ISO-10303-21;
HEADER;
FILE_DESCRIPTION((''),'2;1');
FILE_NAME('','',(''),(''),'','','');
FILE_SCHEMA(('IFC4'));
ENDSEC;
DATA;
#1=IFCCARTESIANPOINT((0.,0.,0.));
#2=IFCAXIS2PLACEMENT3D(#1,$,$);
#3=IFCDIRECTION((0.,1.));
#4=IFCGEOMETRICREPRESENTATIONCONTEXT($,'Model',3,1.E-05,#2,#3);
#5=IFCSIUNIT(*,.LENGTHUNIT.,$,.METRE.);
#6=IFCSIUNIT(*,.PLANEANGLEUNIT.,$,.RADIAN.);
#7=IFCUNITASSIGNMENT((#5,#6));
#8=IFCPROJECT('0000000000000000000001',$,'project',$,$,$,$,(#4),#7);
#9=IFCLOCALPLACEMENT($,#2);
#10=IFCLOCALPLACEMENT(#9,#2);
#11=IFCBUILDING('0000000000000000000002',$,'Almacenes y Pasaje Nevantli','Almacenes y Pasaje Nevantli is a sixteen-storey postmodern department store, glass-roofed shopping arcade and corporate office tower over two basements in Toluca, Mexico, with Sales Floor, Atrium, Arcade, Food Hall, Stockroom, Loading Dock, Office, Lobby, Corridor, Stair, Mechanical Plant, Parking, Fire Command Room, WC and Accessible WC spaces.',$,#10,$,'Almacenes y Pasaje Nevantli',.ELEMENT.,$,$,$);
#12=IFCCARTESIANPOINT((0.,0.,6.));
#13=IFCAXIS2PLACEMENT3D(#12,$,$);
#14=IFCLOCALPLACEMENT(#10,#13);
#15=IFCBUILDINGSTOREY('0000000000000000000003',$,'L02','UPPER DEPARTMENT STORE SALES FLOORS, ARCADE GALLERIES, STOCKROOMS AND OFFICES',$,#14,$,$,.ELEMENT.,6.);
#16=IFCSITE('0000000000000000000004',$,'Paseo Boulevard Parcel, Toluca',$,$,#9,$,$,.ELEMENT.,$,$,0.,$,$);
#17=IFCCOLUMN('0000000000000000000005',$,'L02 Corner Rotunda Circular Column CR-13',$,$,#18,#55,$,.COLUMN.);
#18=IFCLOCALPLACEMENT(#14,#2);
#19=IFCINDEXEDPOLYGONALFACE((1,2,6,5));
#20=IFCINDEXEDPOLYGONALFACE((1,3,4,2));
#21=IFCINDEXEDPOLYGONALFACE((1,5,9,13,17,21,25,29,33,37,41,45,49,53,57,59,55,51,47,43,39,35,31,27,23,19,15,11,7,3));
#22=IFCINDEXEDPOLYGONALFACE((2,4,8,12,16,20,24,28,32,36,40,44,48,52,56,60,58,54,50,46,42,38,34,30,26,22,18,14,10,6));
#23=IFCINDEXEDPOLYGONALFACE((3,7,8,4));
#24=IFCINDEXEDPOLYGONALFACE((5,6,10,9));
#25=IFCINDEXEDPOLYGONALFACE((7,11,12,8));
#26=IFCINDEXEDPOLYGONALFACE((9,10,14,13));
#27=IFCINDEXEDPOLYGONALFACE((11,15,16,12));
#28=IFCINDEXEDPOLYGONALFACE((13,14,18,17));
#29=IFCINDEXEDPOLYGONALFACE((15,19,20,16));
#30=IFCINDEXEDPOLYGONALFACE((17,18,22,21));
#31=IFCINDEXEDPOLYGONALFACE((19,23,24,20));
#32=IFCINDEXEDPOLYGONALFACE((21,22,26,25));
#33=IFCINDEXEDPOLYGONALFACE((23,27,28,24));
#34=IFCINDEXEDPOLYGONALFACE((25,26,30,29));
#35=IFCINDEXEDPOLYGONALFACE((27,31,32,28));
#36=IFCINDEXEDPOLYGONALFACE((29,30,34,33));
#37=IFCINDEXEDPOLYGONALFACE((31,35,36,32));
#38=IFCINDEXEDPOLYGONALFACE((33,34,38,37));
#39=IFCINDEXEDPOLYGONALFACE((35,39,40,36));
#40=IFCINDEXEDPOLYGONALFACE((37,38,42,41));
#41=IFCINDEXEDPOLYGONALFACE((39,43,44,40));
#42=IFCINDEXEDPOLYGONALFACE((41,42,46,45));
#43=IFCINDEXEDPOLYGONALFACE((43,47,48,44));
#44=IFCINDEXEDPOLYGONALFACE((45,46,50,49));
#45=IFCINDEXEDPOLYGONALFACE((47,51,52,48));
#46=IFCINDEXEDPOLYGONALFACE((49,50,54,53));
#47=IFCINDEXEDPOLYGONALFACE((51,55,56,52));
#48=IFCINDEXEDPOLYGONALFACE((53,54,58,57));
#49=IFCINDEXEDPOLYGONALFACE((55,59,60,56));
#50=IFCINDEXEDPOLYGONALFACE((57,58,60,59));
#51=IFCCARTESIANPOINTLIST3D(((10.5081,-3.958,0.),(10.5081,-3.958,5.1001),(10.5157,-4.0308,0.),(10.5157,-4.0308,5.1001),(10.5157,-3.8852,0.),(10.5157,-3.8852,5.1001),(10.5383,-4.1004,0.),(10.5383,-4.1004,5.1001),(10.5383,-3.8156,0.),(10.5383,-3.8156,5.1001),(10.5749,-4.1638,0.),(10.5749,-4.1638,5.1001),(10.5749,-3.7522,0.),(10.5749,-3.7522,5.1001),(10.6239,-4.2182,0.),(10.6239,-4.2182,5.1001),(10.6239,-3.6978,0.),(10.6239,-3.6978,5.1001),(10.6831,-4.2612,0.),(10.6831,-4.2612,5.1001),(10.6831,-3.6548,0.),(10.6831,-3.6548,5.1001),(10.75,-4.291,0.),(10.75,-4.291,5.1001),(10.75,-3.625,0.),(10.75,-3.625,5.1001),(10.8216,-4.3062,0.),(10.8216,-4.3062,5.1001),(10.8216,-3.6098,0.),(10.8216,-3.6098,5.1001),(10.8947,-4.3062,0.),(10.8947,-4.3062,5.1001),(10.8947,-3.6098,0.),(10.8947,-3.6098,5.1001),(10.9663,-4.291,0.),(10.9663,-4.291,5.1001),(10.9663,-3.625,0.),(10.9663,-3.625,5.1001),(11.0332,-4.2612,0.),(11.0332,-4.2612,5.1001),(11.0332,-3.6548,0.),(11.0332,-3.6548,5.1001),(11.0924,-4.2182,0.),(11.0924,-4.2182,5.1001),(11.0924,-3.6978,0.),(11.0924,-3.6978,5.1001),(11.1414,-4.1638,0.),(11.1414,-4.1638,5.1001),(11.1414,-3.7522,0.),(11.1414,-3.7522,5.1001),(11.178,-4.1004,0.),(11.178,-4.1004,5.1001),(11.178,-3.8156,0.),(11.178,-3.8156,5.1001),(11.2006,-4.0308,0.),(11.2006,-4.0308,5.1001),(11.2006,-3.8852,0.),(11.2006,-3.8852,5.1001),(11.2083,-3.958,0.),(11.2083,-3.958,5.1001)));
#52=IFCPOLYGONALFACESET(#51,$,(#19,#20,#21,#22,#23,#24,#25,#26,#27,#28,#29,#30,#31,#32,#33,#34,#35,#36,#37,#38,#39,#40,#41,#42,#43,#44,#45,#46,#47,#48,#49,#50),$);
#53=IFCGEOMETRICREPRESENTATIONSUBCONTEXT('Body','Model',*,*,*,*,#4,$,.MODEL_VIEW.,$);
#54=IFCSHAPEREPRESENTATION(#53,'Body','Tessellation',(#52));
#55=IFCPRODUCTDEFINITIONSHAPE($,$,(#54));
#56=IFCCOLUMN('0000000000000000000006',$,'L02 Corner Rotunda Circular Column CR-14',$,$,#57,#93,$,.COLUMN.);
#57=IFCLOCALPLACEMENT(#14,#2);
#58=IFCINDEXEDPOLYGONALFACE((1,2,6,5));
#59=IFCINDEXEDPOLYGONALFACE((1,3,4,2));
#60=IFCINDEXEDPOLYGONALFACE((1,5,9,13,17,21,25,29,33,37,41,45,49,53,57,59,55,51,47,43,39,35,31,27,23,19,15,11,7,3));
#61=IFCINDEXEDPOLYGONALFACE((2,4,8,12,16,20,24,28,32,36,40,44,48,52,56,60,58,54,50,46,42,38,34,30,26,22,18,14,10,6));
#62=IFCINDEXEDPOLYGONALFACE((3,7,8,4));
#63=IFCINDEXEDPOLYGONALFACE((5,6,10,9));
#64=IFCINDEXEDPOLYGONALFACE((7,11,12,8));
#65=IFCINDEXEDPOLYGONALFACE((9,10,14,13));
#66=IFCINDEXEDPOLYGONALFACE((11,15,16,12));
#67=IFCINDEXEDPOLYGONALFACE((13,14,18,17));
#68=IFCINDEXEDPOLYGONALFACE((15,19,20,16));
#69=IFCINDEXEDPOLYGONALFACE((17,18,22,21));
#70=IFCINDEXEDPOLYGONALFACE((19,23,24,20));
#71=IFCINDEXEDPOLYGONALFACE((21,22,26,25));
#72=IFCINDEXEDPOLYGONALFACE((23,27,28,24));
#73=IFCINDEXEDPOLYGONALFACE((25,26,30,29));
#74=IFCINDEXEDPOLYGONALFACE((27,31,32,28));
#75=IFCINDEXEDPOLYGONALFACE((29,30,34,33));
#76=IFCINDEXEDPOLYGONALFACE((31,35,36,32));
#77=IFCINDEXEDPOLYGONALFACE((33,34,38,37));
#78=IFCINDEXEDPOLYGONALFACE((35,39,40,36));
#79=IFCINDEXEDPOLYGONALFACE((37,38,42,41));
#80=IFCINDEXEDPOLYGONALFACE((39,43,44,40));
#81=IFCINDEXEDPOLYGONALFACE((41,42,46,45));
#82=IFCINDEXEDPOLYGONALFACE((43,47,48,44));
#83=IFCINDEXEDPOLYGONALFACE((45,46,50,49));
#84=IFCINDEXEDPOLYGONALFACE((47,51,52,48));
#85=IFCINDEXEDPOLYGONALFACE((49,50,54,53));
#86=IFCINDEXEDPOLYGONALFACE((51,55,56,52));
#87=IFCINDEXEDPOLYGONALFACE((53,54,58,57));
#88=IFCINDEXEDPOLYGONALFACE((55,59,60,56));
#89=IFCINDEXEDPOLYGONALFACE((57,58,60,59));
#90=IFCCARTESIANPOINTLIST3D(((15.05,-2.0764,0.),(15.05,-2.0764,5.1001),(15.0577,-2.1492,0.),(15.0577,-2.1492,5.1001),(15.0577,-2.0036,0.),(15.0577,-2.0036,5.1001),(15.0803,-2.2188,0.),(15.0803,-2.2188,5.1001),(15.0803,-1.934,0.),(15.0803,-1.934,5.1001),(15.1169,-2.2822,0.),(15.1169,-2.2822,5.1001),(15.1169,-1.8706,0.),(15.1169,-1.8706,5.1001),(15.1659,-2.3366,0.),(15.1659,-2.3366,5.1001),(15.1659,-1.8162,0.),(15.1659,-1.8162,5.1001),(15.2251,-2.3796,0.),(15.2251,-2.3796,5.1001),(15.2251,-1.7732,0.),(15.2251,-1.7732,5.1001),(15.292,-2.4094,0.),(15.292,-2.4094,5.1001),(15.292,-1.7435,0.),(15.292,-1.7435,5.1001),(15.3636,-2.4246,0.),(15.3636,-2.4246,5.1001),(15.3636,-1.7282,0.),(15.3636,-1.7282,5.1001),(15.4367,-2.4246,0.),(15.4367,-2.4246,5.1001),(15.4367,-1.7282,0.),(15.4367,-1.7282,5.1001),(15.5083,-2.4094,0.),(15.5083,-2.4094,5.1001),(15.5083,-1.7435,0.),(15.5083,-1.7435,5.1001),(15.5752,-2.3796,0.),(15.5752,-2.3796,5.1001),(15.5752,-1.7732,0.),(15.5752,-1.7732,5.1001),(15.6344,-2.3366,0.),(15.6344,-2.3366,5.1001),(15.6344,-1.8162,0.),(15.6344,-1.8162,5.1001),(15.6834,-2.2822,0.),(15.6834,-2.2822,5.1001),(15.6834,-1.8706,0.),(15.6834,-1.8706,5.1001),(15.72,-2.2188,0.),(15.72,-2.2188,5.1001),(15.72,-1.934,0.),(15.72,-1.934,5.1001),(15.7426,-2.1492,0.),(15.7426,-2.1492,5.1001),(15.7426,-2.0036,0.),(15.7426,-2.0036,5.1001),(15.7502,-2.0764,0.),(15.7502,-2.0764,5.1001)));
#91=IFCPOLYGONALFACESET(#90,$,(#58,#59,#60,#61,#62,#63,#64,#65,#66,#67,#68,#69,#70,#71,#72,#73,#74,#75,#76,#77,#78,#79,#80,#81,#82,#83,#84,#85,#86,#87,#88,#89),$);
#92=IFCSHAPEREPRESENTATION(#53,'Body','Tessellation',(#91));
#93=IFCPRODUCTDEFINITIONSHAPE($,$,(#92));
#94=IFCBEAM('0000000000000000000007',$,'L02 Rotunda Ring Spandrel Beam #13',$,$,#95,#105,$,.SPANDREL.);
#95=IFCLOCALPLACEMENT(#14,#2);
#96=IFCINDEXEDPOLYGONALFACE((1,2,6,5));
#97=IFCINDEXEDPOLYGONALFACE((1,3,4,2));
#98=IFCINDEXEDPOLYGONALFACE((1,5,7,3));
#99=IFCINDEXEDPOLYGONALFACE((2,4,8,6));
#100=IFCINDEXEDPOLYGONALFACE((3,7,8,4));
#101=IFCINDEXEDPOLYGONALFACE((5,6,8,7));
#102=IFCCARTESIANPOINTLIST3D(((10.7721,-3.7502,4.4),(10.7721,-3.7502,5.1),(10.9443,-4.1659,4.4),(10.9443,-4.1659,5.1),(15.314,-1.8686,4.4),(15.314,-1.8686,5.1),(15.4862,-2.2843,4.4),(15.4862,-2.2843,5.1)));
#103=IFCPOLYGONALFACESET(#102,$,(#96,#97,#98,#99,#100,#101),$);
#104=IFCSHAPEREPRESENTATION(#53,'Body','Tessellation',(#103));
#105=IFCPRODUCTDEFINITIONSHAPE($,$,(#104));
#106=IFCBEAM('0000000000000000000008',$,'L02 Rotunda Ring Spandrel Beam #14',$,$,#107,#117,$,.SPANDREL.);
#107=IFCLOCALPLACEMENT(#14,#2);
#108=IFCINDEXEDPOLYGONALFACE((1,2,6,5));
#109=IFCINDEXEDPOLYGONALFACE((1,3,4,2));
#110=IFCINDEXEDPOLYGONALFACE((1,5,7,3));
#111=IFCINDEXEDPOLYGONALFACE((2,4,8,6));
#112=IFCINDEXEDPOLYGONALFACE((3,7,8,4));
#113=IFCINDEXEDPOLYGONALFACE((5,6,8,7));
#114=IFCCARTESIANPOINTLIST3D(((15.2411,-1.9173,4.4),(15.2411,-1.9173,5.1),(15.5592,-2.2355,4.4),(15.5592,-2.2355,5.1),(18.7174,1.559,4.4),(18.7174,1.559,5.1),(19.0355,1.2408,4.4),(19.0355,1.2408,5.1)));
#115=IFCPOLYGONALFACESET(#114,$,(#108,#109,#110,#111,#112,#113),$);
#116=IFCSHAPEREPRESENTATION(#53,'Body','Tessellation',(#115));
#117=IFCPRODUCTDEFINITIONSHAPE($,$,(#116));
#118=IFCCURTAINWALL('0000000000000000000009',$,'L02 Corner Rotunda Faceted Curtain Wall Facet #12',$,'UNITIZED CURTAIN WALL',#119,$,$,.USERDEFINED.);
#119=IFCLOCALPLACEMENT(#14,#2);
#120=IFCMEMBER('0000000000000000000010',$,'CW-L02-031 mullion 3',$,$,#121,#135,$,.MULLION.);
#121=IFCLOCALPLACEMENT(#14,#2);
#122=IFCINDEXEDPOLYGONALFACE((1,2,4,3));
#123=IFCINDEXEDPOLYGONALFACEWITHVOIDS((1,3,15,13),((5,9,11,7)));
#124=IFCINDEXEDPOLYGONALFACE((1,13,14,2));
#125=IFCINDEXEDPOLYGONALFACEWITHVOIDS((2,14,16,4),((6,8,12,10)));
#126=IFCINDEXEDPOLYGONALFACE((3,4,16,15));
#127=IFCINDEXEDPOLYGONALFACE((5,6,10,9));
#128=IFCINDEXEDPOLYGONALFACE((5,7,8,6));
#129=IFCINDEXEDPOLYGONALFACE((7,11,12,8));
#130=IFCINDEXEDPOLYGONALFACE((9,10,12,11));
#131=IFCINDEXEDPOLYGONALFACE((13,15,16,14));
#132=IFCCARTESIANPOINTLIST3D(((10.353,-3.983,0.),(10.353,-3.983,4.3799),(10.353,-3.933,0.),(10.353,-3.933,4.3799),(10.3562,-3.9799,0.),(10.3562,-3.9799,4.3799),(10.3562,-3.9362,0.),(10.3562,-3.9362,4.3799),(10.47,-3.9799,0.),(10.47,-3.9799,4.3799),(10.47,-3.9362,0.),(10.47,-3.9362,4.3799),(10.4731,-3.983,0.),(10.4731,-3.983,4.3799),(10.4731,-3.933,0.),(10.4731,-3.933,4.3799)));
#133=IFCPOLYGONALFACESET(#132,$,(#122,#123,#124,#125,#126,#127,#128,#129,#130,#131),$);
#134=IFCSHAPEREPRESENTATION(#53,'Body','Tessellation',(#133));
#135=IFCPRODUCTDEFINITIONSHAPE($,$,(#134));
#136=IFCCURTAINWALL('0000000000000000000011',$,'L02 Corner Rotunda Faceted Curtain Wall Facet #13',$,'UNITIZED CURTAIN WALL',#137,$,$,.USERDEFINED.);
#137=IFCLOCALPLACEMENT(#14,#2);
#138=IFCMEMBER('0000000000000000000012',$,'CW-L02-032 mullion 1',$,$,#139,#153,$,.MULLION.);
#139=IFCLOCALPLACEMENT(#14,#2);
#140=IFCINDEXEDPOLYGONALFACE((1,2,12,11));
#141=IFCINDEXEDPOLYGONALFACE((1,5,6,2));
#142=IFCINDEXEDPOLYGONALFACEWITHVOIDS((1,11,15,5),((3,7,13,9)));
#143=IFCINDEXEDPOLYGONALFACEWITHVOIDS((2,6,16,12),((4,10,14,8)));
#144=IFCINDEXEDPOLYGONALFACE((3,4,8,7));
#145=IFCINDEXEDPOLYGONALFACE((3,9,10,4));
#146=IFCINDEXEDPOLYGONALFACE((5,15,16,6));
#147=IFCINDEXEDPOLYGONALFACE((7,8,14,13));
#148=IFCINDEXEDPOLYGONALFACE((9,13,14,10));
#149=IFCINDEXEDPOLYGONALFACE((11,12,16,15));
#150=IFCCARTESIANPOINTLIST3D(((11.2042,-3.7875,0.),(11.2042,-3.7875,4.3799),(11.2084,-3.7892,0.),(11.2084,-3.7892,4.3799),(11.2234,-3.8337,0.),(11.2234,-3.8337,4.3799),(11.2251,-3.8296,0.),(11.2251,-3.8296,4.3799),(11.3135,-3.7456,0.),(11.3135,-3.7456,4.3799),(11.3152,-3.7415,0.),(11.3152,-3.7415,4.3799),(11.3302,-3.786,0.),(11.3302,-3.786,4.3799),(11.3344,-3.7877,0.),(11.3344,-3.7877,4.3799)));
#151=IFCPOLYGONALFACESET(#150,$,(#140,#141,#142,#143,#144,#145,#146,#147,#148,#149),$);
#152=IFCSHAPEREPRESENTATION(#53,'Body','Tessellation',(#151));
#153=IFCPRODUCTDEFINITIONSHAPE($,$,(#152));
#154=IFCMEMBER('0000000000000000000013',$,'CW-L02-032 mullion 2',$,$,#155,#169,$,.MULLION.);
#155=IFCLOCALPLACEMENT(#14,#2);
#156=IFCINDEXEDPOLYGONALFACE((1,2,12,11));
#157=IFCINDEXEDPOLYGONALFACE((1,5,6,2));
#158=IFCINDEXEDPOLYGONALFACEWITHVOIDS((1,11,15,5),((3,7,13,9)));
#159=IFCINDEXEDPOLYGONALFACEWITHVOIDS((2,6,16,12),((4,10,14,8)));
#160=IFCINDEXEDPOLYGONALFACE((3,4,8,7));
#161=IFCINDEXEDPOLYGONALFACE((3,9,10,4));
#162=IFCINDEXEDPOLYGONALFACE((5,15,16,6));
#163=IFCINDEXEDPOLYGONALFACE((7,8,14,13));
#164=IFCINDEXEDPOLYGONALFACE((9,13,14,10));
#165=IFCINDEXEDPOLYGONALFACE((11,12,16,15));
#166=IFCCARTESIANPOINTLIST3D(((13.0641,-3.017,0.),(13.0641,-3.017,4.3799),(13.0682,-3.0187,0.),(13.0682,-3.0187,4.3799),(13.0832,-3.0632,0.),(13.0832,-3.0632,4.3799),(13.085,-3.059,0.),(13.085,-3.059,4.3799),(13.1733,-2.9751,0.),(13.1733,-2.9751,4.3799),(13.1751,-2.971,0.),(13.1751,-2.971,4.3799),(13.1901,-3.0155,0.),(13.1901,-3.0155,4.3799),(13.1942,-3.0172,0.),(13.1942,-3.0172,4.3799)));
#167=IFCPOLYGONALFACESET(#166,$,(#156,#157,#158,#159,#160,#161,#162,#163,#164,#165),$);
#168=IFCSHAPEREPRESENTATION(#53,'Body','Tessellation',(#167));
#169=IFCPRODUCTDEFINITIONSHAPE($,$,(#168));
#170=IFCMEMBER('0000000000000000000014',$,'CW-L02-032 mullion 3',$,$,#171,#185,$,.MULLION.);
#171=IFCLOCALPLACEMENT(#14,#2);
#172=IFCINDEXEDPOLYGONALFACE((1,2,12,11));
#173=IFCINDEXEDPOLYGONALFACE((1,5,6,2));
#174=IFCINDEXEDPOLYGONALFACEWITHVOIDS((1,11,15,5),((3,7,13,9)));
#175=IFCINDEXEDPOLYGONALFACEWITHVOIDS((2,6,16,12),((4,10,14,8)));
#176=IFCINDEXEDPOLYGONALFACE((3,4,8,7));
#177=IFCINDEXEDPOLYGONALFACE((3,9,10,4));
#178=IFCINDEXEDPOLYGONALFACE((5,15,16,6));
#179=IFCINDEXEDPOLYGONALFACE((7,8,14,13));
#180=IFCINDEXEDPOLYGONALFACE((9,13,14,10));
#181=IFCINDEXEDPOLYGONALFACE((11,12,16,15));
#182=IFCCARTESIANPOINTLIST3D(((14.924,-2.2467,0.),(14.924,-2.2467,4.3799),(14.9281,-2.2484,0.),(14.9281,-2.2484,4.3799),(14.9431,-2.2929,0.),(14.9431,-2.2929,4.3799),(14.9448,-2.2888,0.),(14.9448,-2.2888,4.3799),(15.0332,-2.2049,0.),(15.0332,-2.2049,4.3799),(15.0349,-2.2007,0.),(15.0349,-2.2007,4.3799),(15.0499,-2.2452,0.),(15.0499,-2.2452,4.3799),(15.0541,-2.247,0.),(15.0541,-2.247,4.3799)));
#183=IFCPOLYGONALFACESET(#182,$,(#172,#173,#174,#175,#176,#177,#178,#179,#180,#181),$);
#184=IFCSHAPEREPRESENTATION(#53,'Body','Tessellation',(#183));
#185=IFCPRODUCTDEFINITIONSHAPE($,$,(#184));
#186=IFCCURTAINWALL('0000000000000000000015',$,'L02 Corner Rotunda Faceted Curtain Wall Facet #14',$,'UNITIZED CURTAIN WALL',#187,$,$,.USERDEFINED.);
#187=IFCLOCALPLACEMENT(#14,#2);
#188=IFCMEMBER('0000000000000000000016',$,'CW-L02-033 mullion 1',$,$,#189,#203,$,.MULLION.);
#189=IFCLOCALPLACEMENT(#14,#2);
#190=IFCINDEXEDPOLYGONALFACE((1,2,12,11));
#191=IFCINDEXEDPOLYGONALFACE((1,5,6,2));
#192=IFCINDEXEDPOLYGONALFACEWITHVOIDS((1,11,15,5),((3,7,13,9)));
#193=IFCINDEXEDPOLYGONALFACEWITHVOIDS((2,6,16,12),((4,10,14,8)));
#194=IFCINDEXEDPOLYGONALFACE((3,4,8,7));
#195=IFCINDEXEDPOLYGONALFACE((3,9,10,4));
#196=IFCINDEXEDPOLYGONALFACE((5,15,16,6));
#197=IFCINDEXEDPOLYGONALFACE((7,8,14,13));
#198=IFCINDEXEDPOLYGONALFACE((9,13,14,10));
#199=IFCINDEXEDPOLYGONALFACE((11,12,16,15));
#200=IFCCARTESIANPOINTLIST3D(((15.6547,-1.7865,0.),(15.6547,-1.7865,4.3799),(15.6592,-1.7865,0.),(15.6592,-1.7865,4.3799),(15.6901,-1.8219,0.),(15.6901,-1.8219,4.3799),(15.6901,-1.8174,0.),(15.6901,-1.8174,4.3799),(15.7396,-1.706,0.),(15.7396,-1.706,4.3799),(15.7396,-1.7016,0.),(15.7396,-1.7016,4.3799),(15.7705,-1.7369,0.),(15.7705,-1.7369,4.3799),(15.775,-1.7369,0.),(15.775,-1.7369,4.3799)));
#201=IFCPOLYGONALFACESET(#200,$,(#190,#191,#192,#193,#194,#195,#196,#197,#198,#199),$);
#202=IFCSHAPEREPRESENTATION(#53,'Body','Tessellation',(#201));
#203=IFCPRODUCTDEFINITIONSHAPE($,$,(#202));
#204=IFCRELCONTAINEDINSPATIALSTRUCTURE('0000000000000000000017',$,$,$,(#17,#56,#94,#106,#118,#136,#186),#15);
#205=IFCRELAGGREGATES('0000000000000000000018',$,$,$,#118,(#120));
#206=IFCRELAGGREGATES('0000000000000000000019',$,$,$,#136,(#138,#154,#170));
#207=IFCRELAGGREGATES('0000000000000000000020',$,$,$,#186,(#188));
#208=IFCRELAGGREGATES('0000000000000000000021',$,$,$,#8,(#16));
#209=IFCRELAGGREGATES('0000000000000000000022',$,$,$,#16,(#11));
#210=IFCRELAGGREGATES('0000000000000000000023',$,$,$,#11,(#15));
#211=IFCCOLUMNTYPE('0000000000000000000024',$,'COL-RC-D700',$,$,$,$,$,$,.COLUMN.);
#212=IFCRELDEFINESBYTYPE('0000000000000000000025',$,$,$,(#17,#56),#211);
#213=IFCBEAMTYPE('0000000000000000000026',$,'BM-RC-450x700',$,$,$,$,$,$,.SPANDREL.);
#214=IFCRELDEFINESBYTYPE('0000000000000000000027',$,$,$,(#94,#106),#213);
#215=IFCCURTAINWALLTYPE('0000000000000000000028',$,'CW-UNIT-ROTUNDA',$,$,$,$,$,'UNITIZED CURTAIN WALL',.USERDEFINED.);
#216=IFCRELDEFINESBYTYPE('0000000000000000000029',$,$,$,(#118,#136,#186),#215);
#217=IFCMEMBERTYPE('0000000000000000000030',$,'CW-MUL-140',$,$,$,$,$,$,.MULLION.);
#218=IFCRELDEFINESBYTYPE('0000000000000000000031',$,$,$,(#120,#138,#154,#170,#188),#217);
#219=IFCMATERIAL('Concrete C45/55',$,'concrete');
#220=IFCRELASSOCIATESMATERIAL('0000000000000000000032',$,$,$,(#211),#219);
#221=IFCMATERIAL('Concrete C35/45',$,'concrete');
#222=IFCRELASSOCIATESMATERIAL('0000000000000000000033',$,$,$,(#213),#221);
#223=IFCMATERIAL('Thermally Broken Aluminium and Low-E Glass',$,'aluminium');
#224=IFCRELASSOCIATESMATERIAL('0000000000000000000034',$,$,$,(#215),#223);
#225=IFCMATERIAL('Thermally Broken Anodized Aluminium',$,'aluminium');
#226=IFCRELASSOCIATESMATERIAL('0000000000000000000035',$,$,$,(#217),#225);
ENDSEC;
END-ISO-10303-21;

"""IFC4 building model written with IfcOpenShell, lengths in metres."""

from ifc_helpers import new_model, si_unit, direction, frame, origin, origin_2d, place, context, subcontext, project, spatial, rectangle, hollow_rectangle, circle, extrude, material, material_profile, profile_set, type_object, element, aggregate, save


model = new_model("IFC4")

# Units and contexts
model_context = context("Model", 3, precision=1e-05, world=origin(), true_north=direction((0.0, 1.0)))
body_context = subcontext(model_context, "Body", "Model", "MODEL_VIEW")
ifc_project = project(units=[si_unit("LENGTHUNIT", "METRE"), si_unit("PLANEANGLEUNIT", "RADIAN")], contexts=[model_context])

# Site, building, storey
site_placement = place(None, origin())
site = spatial("IfcSite", under=ifc_project, at=site_placement, Name="Paseo Boulevard Parcel, Toluca", CompositionType="ELEMENT", RefElevation=0.0)
building_placement = place(site_placement, origin())
building = spatial("IfcBuilding", under=site, at=building_placement, Name="Almacenes y Pasaje Nevantli", Description="Almacenes y Pasaje Nevantli is a sixteen-storey postmodern department store, glass-roofed shopping arcade and corporate office tower over two basements in Toluca, Mexico, with Sales Floor, Atrium, Arcade, Food Hall, Stockroom, Loading Dock, Office, Lobby, Corridor, Stair, Mechanical Plant, Parking, Fire Command Room, WC and Accessible WC spaces.", LongName="Almacenes y Pasaje Nevantli", CompositionType="ELEMENT")
storey_placement = place(building_placement, frame((0.0, 0.0, 6.0)))
storey = spatial("IfcBuildingStorey", under=building, at=storey_placement, Name="L02", Description="UPPER DEPARTMENT STORE SALES FLOORS, ARCADE GALLERIES, STOCKROOMS AND OFFICES", CompositionType="ELEMENT", Elevation=6.0)

# Columns
ifc_material_1 = material(Name="Concrete C45/55", Category="concrete")
ifc_material_profile_1 = material_profile(ifc_material_1, circle(Radius=0.3501, at=origin_2d()), Name="RC-COL-D700")
ifc_profile_set_1 = profile_set([ifc_material_profile_1], Name="Concrete C45/55")
column_type = type_object("IfcColumnType", Name="COL-RC-D700", PredefinedType="COLUMN", material=ifc_profile_set_1)
for number, where, z_axis, x_axis, name in (
    (1, (10.8582, -3.958, 0.0), (0.0, 0.0, 1.0), (1.0, 0.0, 0.0), "L02 Corner Rotunda Circular Column CR-13"),
    (2, (15.4001, -2.0764, 0.0), (0.0, 0.0, 1.0), (1.0, 0.0, 0.0), "L02 Corner Rotunda Circular Column CR-14"),
):
    element("IfcColumn", number, at=place(storey_placement, frame(where, z_axis=z_axis, x_axis=x_axis)), inside=storey, type_object=column_type, Name=name, PredefinedType="COLUMN", context=body_context, shape_type="SweptSolid", body=[
        extrude(circle(Radius=0.3501, at=origin_2d()), origin(), (0.0, 0.0, 1.0), 5.1001),
    ])

# Beams
ifc_material_2 = material(Name="Concrete C35/45", Category="concrete")
ifc_material_profile_2 = material_profile(ifc_material_2, rectangle(XDim=0.45, YDim=0.7, at=origin_2d()), Name="RC-BM-450x700")
ifc_profile_set_2 = profile_set([ifc_material_profile_2], Name="Concrete C35/45")
beam_type = type_object("IfcBeamType", Name="BM-RC-450x700", PredefinedType="SPANDREL", material=ifc_profile_set_2)
for number, where, z_axis, x_axis, name in (
    (3, (10.8582, -3.958, 4.75), (0.923862, 0.382725, 0.0), (-0.382725, 0.923862, 0.0), "L02 Rotunda Ring Spandrel Beam #13"),
    (4, (15.4001, -2.0764, 4.75), (0.707107, 0.707107, 0.0), (-0.707107, 0.707107, 0.0), "L02 Rotunda Ring Spandrel Beam #14"),
):
    element("IfcBeam", number, at=place(storey_placement, frame(where, z_axis=z_axis, x_axis=x_axis)), inside=storey, type_object=beam_type, Name=name, PredefinedType="SPANDREL", context=body_context, shape_type="SweptSolid", body=[
        extrude(rectangle(XDim=0.45, YDim=0.7, at=origin_2d()), origin(), (0.0, 0.0, 1.0), 4.9163),
    ])

# Curtain wall, member
ifc_material_3 = material(Name="Thermally Broken Aluminium and Low-E Glass", Category="aluminium")
curtain_wall_type = type_object("IfcCurtainWallType", Name="CW-UNIT-ROTUNDA", ElementType="UNITIZED CURTAIN WALL", PredefinedType="USERDEFINED", material=ifc_material_3)
curtain_wall_1_placement = place(storey_placement, origin())
curtain_wall_1 = element("IfcCurtainWall", 5, at=curtain_wall_1_placement, inside=storey, type_object=curtain_wall_type, Name="L02 Corner Rotunda Faceted Curtain Wall Facet #12", ObjectType="UNITIZED CURTAIN WALL", PredefinedType="USERDEFINED")
ifc_material_4 = material(Name="Thermally Broken Anodized Aluminium", Category="aluminium")
ifc_material_profile_3 = material_profile(ifc_material_4, hollow_rectangle(XDim=0.05, YDim=0.1201, WallThickness=0.0032, at=origin_2d()), Name="ALU-MUL-50x120")
ifc_profile_set_3 = profile_set([ifc_material_profile_3], Name="Thermally Broken Anodized Aluminium")
member_type_1 = type_object("IfcMemberType", Name="CW-MUL-140", PredefinedType="MULLION", material=ifc_profile_set_3)
member_1_placement = place(storey_placement, frame((10.4131, -3.958, 0.0), z_axis=(0.0, 0.0, 1.0), x_axis=(0.0, 1.0, 0.0)))
member_1 = element("IfcMember", 6, at=member_1_placement, type_object=member_type_1, Name="CW-L02-031 mullion 3", PredefinedType="MULLION", context=body_context, shape_type="SweptSolid", body=[
    extrude(hollow_rectangle(XDim=0.05, YDim=0.1201, WallThickness=0.0032, at=origin_2d()), origin(), (0.0, 0.0, 1.0), 4.3799),
])

# Curtain wall, members
curtain_wall_2_placement = place(storey_placement, origin())
curtain_wall_2 = element("IfcCurtainWall", 7, at=curtain_wall_2_placement, inside=storey, type_object=curtain_wall_type, Name="L02 Corner Rotunda Faceted Curtain Wall Facet #13", ObjectType="UNITIZED CURTAIN WALL", PredefinedType="USERDEFINED")
member_2_placement = place(storey_placement, frame((11.2693, -3.7876, 0.0), z_axis=(0.0, 0.0, 1.0), x_axis=(-0.382698, 0.923873, 0.0)))
member_2 = element("IfcMember", 8, at=member_2_placement, type_object=member_type_1, Name="CW-L02-032 mullion 1", PredefinedType="MULLION", context=body_context, shape_type="SweptSolid", body=[
    extrude(hollow_rectangle(XDim=0.05, YDim=0.1201, WallThickness=0.0032, at=origin_2d()), origin(), (0.0, 0.0, 1.0), 4.3799),
])
member_3_placement = place(storey_placement, frame((13.1292, -3.0171, 0.0), z_axis=(0.0, 0.0, 1.0), x_axis=(-0.382698, 0.923873, 0.0)))
member_3 = element("IfcMember", 9, at=member_3_placement, type_object=member_type_1, Name="CW-L02-032 mullion 2", PredefinedType="MULLION", context=body_context, shape_type="SweptSolid", body=[
    extrude(hollow_rectangle(XDim=0.05, YDim=0.1201, WallThickness=0.0032, at=origin_2d()), origin(), (0.0, 0.0, 1.0), 4.3799),
])
member_4_placement = place(storey_placement, frame((14.989, -2.2468, 0.0), z_axis=(0.0, 0.0, 1.0), x_axis=(-0.382698, 0.923873, 0.0)))
member_4 = element("IfcMember", 10, at=member_4_placement, type_object=member_type_1, Name="CW-L02-032 mullion 3", PredefinedType="MULLION", context=body_context, shape_type="SweptSolid", body=[
    extrude(hollow_rectangle(XDim=0.05, YDim=0.1201, WallThickness=0.0032, at=origin_2d()), origin(), (0.0, 0.0, 1.0), 4.3799),
])

# Curtain wall, member
curtain_wall_3_placement = place(storey_placement, origin())
curtain_wall_3 = element("IfcCurtainWall", 11, at=curtain_wall_3_placement, inside=storey, type_object=curtain_wall_type, Name="L02 Corner Rotunda Faceted Curtain Wall Facet #14", ObjectType="UNITIZED CURTAIN WALL", PredefinedType="USERDEFINED")
member_5_placement = place(storey_placement, frame((15.7148, -1.7617, 0.0), z_axis=(0.0, 0.0, 1.0), x_axis=(-0.707107, 0.707107, 0.0)))
member_5 = element("IfcMember", 12, at=member_5_placement, type_object=member_type_1, Name="CW-L02-033 mullion 1", PredefinedType="MULLION", context=body_context, shape_type="SweptSolid", body=[
    extrude(hollow_rectangle(XDim=0.05, YDim=0.1201, WallThickness=0.0032, at=origin_2d()), origin(), (0.0, 0.0, 1.0), 4.3799),
])

aggregate(curtain_wall_1, [member_1])
aggregate(curtain_wall_2, [member_2, member_3, member_4])
aggregate(curtain_wall_3, [member_5])

save(model, "model.ifc")
